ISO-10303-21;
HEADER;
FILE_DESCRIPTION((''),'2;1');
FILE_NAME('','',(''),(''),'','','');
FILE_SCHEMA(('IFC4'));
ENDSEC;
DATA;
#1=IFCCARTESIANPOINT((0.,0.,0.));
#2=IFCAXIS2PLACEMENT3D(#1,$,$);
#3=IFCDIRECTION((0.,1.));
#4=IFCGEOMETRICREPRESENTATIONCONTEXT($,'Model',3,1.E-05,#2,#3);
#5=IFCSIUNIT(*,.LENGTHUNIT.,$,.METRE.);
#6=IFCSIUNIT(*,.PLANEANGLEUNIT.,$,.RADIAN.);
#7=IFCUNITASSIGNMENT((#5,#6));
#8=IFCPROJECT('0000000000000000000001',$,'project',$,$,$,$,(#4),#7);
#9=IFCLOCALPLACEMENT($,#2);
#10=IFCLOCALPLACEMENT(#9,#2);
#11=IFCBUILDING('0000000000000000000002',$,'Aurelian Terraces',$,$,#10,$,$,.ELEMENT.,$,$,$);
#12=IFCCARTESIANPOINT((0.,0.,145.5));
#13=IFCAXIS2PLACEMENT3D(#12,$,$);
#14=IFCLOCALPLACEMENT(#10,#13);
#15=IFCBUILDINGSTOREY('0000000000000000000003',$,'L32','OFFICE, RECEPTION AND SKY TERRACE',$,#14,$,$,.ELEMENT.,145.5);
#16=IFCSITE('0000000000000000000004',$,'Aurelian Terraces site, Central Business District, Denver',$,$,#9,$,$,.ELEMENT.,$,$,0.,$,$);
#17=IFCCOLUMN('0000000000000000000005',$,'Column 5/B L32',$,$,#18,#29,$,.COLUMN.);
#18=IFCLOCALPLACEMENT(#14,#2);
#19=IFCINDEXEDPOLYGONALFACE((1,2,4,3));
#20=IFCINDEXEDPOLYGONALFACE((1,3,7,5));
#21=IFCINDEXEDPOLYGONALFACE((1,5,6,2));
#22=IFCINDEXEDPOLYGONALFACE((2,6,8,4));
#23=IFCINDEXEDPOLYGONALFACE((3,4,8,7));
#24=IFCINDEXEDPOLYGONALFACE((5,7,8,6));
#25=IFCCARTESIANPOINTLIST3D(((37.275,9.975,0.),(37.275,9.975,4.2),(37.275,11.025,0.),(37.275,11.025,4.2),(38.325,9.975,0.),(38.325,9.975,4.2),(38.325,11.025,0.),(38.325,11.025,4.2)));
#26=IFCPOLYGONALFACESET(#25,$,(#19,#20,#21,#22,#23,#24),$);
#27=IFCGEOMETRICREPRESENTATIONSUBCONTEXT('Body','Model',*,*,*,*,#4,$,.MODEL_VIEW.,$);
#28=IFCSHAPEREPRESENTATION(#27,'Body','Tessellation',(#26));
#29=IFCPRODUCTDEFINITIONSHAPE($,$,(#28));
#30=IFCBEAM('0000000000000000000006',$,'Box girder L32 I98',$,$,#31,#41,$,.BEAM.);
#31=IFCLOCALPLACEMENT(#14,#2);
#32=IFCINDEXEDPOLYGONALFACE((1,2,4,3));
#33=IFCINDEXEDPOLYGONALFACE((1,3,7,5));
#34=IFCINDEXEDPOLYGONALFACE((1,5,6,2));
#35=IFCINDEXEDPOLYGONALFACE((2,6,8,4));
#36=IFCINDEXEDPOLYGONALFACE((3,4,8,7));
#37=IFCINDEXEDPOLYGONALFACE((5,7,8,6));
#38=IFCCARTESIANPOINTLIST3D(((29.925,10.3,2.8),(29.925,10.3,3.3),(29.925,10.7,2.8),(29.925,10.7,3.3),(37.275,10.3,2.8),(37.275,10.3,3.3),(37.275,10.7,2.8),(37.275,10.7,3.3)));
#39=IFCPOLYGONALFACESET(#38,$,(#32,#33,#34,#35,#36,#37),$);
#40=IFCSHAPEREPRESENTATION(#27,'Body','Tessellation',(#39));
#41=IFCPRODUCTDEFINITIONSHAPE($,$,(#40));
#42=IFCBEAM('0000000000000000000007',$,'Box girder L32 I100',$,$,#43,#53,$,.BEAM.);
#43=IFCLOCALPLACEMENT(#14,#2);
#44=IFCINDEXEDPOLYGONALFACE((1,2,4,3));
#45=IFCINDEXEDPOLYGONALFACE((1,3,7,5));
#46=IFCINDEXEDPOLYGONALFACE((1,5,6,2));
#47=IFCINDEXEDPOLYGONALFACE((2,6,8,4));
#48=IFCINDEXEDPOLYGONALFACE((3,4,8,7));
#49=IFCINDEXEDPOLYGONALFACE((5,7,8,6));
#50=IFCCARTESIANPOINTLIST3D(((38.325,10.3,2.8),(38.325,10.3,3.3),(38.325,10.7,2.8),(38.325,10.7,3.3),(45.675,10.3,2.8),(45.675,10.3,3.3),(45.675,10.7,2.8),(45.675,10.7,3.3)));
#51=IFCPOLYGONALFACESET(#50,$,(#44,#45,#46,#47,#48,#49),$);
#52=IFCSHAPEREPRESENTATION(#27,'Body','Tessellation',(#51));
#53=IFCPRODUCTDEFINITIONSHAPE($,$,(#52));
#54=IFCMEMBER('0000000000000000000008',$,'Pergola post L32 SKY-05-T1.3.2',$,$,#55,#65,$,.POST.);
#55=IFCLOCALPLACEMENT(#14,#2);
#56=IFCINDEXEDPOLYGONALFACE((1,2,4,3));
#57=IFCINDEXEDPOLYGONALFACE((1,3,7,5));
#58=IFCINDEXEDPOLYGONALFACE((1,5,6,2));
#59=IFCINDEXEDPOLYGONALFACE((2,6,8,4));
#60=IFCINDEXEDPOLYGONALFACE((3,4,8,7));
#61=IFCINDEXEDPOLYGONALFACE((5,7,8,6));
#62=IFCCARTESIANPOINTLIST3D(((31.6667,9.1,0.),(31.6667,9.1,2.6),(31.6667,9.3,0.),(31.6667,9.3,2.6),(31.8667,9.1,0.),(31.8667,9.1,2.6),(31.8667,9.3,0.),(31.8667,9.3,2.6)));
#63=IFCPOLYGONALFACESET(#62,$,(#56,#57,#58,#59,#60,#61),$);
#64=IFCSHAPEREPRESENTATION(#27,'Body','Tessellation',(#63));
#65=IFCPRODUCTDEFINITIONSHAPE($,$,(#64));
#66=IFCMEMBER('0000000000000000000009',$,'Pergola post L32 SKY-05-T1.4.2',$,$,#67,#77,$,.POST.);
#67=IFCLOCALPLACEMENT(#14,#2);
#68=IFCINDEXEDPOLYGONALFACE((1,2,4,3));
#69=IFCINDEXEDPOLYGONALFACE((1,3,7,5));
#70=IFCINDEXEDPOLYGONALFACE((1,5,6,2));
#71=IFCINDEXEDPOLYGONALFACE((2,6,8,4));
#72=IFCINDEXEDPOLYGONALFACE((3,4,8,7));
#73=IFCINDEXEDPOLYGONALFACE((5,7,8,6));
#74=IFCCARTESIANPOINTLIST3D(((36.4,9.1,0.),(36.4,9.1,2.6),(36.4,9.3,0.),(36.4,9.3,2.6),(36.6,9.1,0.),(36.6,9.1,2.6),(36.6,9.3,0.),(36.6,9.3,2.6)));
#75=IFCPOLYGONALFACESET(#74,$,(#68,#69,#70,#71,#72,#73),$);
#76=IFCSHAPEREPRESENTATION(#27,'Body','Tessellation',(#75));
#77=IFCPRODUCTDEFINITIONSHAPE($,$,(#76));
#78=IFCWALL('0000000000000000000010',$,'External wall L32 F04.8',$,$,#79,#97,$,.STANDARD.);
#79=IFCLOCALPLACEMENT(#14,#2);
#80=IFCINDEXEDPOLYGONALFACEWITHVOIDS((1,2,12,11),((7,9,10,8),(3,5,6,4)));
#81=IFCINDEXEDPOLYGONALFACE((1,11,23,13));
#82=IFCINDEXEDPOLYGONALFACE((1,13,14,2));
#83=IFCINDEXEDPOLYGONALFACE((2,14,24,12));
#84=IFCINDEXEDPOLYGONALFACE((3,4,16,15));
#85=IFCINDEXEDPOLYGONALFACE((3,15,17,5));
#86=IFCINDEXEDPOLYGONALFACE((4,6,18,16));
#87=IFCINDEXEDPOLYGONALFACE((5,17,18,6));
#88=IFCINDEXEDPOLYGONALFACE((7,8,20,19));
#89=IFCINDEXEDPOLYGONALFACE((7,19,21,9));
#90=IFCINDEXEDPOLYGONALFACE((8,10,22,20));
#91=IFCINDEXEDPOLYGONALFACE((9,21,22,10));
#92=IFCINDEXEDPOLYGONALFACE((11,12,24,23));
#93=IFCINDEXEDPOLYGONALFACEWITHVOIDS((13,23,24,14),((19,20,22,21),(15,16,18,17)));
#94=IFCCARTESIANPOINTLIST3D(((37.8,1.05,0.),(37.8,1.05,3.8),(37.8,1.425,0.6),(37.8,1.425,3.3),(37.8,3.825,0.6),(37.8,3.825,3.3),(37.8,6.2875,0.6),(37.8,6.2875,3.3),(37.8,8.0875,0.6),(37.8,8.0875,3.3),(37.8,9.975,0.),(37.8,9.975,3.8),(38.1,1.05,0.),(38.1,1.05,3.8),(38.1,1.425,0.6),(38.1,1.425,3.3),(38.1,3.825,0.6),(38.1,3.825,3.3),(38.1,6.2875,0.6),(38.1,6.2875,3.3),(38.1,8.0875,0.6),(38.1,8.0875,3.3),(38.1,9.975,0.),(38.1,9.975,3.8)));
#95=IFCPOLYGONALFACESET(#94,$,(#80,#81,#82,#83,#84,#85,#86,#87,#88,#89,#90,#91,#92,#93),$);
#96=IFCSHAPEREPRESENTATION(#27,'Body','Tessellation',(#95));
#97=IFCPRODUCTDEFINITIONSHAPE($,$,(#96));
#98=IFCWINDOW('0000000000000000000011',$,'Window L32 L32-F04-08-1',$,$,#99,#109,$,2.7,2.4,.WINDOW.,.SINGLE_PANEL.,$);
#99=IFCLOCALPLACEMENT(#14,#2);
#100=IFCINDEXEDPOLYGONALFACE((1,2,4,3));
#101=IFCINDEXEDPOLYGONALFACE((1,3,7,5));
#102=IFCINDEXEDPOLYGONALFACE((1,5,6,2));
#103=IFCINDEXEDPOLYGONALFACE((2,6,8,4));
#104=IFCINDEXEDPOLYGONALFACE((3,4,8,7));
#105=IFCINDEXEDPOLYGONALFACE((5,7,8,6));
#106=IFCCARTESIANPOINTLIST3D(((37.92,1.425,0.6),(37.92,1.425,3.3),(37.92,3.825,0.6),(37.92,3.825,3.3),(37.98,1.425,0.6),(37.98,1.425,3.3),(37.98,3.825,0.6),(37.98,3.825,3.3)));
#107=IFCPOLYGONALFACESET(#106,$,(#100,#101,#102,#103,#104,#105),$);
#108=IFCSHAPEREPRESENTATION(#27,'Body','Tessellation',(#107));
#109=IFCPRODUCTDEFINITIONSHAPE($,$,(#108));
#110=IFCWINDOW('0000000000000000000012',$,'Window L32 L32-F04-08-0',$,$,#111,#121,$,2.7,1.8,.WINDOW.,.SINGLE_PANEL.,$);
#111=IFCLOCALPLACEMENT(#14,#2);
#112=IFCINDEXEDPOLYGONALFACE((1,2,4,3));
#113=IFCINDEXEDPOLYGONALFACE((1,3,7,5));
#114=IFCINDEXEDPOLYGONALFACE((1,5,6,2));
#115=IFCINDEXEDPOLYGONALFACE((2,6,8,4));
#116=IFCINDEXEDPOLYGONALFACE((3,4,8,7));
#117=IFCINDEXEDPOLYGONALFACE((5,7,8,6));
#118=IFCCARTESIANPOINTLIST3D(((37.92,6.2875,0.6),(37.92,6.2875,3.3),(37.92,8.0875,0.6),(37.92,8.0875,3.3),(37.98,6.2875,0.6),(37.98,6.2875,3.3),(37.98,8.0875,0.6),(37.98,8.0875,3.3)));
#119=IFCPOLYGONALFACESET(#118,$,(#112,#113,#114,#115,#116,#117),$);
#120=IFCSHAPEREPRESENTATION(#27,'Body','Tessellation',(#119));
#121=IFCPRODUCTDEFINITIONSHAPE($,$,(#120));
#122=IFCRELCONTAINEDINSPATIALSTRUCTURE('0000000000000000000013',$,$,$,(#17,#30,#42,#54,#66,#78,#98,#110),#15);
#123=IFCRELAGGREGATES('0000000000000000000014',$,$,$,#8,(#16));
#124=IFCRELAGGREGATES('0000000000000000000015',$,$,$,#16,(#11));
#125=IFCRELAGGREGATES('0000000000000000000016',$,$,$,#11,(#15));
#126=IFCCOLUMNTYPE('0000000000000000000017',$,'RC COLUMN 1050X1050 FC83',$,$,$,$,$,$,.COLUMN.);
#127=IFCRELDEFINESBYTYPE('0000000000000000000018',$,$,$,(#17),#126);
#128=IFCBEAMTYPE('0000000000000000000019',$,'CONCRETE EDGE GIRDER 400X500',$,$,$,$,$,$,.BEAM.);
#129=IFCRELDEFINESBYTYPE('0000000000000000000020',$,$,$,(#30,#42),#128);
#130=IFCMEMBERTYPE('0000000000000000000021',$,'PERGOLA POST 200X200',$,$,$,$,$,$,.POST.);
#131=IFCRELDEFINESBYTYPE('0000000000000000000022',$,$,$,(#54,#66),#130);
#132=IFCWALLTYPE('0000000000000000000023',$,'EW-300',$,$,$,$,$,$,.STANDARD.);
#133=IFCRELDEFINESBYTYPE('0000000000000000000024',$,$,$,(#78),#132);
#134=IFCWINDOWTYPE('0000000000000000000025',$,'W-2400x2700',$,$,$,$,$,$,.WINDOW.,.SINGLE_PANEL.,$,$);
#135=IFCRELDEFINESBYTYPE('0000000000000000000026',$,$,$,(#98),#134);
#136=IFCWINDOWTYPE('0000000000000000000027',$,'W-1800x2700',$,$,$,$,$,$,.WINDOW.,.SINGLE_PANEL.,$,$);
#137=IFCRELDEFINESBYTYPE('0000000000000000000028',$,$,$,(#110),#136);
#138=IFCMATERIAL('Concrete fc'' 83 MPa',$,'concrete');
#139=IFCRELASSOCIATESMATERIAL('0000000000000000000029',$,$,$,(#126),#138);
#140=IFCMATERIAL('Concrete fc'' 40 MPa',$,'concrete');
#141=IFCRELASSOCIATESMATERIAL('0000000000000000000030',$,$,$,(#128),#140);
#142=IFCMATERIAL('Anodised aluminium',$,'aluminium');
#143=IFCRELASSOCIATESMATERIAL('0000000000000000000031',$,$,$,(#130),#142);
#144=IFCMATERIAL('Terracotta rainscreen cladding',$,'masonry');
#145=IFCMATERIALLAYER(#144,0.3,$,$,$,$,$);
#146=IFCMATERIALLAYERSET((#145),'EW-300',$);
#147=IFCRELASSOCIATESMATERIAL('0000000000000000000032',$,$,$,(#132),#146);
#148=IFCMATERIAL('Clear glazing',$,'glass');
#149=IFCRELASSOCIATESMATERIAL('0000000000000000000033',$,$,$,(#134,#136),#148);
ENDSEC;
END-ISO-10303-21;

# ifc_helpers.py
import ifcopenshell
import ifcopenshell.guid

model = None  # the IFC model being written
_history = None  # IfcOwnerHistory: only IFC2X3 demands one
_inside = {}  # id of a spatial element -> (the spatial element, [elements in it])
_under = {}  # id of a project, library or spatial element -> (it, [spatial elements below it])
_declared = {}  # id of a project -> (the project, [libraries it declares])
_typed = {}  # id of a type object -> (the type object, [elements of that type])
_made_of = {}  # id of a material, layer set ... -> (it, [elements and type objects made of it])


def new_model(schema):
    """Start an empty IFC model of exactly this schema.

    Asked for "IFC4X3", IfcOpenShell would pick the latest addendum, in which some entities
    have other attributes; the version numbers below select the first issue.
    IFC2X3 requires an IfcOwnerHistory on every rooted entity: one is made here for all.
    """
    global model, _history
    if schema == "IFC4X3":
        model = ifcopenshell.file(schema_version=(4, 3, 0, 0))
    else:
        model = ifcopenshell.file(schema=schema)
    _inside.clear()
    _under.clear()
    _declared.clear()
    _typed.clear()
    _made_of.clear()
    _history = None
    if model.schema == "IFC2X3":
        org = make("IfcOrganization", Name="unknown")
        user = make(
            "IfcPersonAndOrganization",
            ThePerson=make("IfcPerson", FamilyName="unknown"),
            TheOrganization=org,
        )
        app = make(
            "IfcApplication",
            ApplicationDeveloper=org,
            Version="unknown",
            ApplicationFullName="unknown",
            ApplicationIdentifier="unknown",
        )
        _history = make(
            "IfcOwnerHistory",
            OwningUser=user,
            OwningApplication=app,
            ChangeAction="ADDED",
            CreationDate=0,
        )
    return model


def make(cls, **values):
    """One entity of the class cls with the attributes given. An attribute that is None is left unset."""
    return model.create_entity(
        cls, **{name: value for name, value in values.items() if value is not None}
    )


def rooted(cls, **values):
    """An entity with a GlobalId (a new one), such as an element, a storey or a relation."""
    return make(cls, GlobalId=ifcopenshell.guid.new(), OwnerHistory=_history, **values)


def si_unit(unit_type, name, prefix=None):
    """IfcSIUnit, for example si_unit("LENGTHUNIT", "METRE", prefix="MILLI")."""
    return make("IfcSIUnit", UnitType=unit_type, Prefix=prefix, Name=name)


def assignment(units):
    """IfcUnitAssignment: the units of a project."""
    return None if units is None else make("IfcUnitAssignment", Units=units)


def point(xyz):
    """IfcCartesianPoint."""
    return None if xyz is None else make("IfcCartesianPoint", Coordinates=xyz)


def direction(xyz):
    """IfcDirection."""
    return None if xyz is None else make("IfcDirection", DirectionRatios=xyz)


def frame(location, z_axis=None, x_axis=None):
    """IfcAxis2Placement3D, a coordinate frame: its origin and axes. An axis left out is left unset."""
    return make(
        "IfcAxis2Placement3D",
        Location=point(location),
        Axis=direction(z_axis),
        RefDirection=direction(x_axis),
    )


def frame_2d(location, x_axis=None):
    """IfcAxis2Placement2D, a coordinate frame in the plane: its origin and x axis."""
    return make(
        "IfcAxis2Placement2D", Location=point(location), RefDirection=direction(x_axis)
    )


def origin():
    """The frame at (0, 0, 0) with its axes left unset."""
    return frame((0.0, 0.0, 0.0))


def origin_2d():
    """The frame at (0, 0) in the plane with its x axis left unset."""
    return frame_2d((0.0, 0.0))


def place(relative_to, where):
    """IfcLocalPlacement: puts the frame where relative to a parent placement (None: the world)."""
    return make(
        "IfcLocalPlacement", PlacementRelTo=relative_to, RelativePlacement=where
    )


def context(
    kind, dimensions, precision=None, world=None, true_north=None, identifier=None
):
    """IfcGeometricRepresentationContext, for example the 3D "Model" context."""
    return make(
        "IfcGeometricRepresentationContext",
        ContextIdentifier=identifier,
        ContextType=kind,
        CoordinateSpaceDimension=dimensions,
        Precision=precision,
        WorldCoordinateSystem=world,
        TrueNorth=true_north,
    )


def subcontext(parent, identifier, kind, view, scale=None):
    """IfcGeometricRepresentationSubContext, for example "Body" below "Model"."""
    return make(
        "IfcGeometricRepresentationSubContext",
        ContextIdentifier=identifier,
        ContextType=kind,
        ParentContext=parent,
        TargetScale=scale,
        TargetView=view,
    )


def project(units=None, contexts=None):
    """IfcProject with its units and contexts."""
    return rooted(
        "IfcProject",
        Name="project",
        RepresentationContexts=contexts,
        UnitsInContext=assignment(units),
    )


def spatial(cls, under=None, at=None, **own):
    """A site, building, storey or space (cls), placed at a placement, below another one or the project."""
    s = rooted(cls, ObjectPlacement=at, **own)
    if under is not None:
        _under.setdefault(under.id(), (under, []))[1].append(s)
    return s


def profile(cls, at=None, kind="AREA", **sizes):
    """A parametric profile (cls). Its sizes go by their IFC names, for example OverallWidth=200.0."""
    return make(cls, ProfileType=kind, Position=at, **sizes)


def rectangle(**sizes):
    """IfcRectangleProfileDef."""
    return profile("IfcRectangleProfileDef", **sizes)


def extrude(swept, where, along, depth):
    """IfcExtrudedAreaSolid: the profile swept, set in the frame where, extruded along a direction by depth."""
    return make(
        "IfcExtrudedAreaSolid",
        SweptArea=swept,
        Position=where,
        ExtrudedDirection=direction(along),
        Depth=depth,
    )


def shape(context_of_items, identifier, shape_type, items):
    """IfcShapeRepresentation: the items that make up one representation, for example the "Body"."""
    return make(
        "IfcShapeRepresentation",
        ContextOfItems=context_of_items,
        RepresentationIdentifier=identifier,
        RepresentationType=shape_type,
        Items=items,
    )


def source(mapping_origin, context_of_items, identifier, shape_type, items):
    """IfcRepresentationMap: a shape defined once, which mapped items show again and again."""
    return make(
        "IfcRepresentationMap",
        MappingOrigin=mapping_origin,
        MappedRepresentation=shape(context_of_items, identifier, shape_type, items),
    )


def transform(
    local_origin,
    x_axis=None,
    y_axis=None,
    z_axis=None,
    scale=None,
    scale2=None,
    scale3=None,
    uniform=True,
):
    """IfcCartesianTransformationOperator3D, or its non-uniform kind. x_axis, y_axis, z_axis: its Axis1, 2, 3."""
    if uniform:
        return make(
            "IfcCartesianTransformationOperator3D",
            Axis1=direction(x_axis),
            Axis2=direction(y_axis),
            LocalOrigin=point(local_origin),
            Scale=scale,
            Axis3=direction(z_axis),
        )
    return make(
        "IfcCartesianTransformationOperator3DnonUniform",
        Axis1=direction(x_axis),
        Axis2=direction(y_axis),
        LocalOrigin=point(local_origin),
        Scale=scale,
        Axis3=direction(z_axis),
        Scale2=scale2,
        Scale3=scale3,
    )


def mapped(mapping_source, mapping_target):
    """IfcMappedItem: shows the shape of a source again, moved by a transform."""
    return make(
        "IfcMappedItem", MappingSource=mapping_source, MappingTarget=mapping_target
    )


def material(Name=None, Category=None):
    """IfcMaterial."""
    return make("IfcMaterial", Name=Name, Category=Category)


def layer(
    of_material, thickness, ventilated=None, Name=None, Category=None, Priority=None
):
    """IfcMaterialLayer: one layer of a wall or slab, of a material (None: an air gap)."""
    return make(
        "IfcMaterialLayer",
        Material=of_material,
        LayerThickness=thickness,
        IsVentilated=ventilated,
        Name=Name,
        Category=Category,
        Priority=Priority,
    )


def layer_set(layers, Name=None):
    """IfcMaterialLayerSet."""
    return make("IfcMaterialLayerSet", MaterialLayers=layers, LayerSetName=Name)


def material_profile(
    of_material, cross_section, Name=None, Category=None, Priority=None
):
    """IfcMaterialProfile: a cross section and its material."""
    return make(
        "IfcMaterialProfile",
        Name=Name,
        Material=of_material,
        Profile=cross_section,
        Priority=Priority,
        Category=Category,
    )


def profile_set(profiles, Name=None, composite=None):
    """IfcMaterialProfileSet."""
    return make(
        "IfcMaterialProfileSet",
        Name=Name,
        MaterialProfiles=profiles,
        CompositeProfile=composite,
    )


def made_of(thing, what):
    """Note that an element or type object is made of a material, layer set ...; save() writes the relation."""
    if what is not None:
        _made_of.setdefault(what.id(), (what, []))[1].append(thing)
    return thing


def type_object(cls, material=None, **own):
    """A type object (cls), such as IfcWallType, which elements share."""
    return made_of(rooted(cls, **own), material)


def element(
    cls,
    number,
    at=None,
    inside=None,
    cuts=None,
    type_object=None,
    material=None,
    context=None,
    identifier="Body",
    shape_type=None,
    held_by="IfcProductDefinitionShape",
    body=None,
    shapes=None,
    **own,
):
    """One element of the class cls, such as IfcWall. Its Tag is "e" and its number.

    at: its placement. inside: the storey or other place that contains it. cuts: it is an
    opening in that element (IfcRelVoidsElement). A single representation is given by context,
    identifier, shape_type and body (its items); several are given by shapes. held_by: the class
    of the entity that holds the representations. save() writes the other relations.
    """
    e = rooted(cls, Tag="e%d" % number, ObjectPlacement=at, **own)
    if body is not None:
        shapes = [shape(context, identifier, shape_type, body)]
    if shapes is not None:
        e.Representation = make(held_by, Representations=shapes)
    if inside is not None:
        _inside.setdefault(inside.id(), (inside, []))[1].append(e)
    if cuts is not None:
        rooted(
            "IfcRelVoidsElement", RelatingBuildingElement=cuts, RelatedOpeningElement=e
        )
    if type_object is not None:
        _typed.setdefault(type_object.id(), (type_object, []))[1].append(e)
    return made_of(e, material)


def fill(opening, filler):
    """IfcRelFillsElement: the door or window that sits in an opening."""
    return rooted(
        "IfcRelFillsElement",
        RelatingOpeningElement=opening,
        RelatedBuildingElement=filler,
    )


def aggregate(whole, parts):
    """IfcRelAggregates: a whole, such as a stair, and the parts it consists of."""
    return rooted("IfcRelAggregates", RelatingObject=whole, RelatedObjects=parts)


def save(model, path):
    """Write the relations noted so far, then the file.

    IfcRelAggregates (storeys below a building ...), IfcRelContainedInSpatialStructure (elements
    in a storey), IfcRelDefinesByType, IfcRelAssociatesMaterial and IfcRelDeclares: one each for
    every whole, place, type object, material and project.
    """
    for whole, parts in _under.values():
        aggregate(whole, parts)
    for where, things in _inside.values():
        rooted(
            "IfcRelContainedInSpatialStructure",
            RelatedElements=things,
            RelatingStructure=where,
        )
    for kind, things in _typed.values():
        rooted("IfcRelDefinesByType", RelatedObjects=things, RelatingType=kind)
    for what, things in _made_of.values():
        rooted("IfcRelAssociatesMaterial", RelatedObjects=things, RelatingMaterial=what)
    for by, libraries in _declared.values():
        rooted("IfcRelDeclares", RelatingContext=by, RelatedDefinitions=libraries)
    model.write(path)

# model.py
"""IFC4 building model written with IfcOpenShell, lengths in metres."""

from ifc_helpers import new_model, si_unit, direction, frame, frame_2d, origin, origin_2d, place, context, subcontext, project, spatial, rectangle, extrude, source, transform, mapped, material, layer, layer_set, material_profile, profile_set, type_object, element, fill, save


model = new_model("IFC4")

# Units and contexts
model_context = context("Model", 3, precision=1e-05, world=origin(), true_north=direction((0.0, 1.0)))
body_context = subcontext(model_context, "Body", "Model", "MODEL_VIEW")
ifc_project = project(units=[si_unit("LENGTHUNIT", "METRE"), si_unit("PLANEANGLEUNIT", "RADIAN")], contexts=[model_context])

# Site, building, storey
site_placement = place(None, origin())
site = spatial("IfcSite", under=ifc_project, at=site_placement, Name="Aurelian Terraces site, Central Business District, Denver", CompositionType="ELEMENT", RefElevation=0.0)
building_placement = place(site_placement, origin())
building = spatial("IfcBuilding", under=site, at=building_placement, Name="Aurelian Terraces", CompositionType="ELEMENT")
storey_placement = place(building_placement, frame((0.0, 0.0, 145.5)))
storey = spatial("IfcBuildingStorey", under=building, at=storey_placement, Name="L32", Description="OFFICE, RECEPTION AND SKY TERRACE", CompositionType="ELEMENT", Elevation=145.5)

# Column
ifc_material_1 = material(Name="Concrete fc' 83 MPa", Category="concrete")
ifc_material_profile_1 = material_profile(ifc_material_1, rectangle(XDim=1.05, YDim=1.05, at=origin_2d()))
ifc_profile_set_1 = profile_set([ifc_material_profile_1], Name="Concrete fc' 83 MPa")
column_type = type_object("IfcColumnType", Name="RC COLUMN 1050X1050 FC83", PredefinedType="COLUMN", material=ifc_profile_set_1)
shared_shape_1 = source(origin(), body_context, "Body", "SweptSolid", [
    extrude(rectangle(XDim=1.05, YDim=1.05, at=origin_2d()), origin(), (0.0, 0.0, 1.0), 4.2),
])
column_placement = place(storey_placement, frame((37.8, 10.5, 0.0), z_axis=(0.0, 0.0, 1.0), x_axis=(1.0, 0.0, 0.0)))
element("IfcColumn", 1, at=column_placement, inside=storey, type_object=column_type, Name="Column 5/B L32", PredefinedType="COLUMN", context=body_context, shape_type="MappedRepresentation", body=[
    mapped(shared_shape_1, transform((0.0, 0.0, 0.0), scale=1.0)),
])

# Beams
ifc_material_2 = material(Name="Concrete fc' 40 MPa", Category="concrete")
ifc_material_profile_2 = material_profile(ifc_material_2, rectangle(XDim=0.4, YDim=0.5, at=origin_2d()))
ifc_profile_set_2 = profile_set([ifc_material_profile_2], Name="Concrete fc' 40 MPa")
beam_type = type_object("IfcBeamType", Name="CONCRETE EDGE GIRDER 400X500", PredefinedType="BEAM", material=ifc_profile_set_2)
shared_shape_2 = source(origin(), body_context, "Body", "SweptSolid", [
    extrude(rectangle(XDim=0.4, YDim=0.5, at=origin_2d()), origin(), (0.0, 0.0, 1.0), 7.35),
])
for number, where, z_axis, x_axis, name in (
    (2, (29.925, 10.5, 3.05), (1.0, 0.0, 0.0), (0.0, 1.0, 0.0), "Box girder L32 I98"),
    (3, (38.325, 10.5, 3.05), (1.0, 0.0, 0.0), (0.0, 1.0, 0.0), "Box girder L32 I100"),
):
    element("IfcBeam", number, at=place(storey_placement, frame(where, z_axis=z_axis, x_axis=x_axis)), inside=storey, type_object=beam_type, Name=name, PredefinedType="BEAM", context=body_context, shape_type="MappedRepresentation", body=[
        mapped(shared_shape_2, transform((0.0, 0.0, 0.0), scale=1.0)),
    ])

# Members
ifc_material_3 = material(Name="Anodised aluminium", Category="aluminium")
ifc_material_profile_3 = material_profile(ifc_material_3, rectangle(XDim=0.2, YDim=0.2, at=origin_2d()))
ifc_profile_set_3 = profile_set([ifc_material_profile_3], Name="Anodised aluminium")
member_type = type_object("IfcMemberType", Name="PERGOLA POST 200X200", PredefinedType="POST", material=ifc_profile_set_3)
shared_shape_3 = source(origin(), body_context, "Body", "SweptSolid", [
    extrude(rectangle(XDim=0.2, YDim=0.2, at=origin_2d()), origin(), (0.0, 0.0, 1.0), 2.6),
])
for number, where, z_axis, x_axis, name in (
    (4, (31.7667, 9.2, 0.0), (0.0, 0.0, 1.0), (1.0, 0.0, 0.0), "Pergola post L32 SKY-05-T1.3.2"),
    (5, (36.5, 9.2, 0.0), (0.0, 0.0, 1.0), (1.0, 0.0, 0.0), "Pergola post L32 SKY-05-T1.4.2"),
):
    element("IfcMember", number, at=place(storey_placement, frame(where, z_axis=z_axis, x_axis=x_axis)), inside=storey, type_object=member_type, Name=name, PredefinedType="POST", context=body_context, shape_type="MappedRepresentation", body=[
        mapped(shared_shape_3, transform((0.0, 0.0, 0.0), scale=1.0)),
    ])

# Wall, openings, windows
ifc_material_4 = material(Name="Terracotta rainscreen cladding", Category="masonry")
ifc_layer_1 = layer(ifc_material_4, 0.3)
ifc_layer_set_1 = layer_set([ifc_layer_1], Name="EW-300")
wall_type_1 = type_object("IfcWallType", Name="EW-300", PredefinedType="STANDARD", material=ifc_layer_set_1)
shared_shape_4 = source(origin(), body_context, "Body", "SweptSolid", [
    extrude(rectangle(XDim=8.925, YDim=0.3, at=frame_2d((4.4625, 0.0))), origin(), (0.0, 0.0, 1.0), 3.8),
])
wall_1_placement = place(storey_placement, frame((37.95, 9.975, 0.0), z_axis=(0.0, 0.0, 1.0), x_axis=(0.0, -1.0, 0.0)))
wall_1 = element("IfcWall", 6, at=wall_1_placement, inside=storey, type_object=wall_type_1, Name="External wall L32 F04.8", PredefinedType="STANDARD", context=body_context, shape_type="MappedRepresentation", body=[
    mapped(shared_shape_4, transform((0.0, 0.0, 0.0), scale=1.0)),
])
shared_shape_5 = source(origin(), body_context, "Body", "SweptSolid", [
    extrude(rectangle(XDim=1.8, YDim=2.7, at=frame_2d((0.9, 1.35))), frame((0.0, 0.16, 0.0), z_axis=(0.0, -1.0, 0.0), x_axis=(1.0, 0.0, 0.0)), (0.0, 0.0, 1.0), 0.32),
])
opening_1_placement = place(wall_1_placement, frame((1.8875, 0.0, 0.6)))
opening_1 = element("IfcOpeningElement", 7, at=opening_1_placement, cuts=wall_1, PredefinedType="OPENING", context=body_context, shape_type="MappedRepresentation", body=[
    mapped(shared_shape_5, transform((0.0, 0.0, 0.0), scale=1.0)),
])
shared_shape_6 = source(origin(), body_context, "Body", "SweptSolid", [
    extrude(rectangle(XDim=2.4, YDim=2.7, at=frame_2d((1.2, 1.35))), frame((0.0, 0.16, 0.0), z_axis=(0.0, -1.0, 0.0), x_axis=(1.0, 0.0, 0.0)), (0.0, 0.0, 1.0), 0.32),
])
opening_2_placement = place(wall_1_placement, frame((6.15, 0.0, 0.6)))
opening_2 = element("IfcOpeningElement", 8, at=opening_2_placement, cuts=wall_1, PredefinedType="OPENING", context=body_context, shape_type="MappedRepresentation", body=[
    mapped(shared_shape_6, transform((0.0, 0.0, 0.0), scale=1.0)),
])
ifc_material_5 = material(Name="Clear glazing", Category="glass")
window_type_1 = type_object("IfcWindowType", Name="W-2400x2700", PartitioningType="SINGLE_PANEL", PredefinedType="WINDOW", material=ifc_material_5)
shared_shape_7 = source(origin(), body_context, "Body", "SweptSolid", [
    extrude(rectangle(XDim=2.4, YDim=2.7, at=frame_2d((1.2, 1.35))), frame((0.0, 0.03, 0.0), z_axis=(0.0, -1.0, 0.0), x_axis=(1.0, 0.0, 0.0)), (0.0, 0.0, 1.0), 0.06),
])
window_1_placement = place(opening_2_placement, origin())
window_1 = element("IfcWindow", 9, at=window_1_placement, inside=storey, type_object=window_type_1, Name="Window L32 L32-F04-08-1", OverallHeight=2.7, OverallWidth=2.4, PartitioningType="SINGLE_PANEL", PredefinedType="WINDOW", context=body_context, shape_type="MappedRepresentation", body=[
    mapped(shared_shape_7, transform((0.0, 0.0, 0.0), scale=1.0)),
])
fill(opening_2, window_1)
window_type_2 = type_object("IfcWindowType", Name="W-1800x2700", PartitioningType="SINGLE_PANEL", PredefinedType="WINDOW", material=ifc_material_5)
shared_shape_8 = source(origin(), body_context, "Body", "SweptSolid", [
    extrude(rectangle(XDim=1.8, YDim=2.7, at=frame_2d((0.9, 1.35))), frame((0.0, 0.03, 0.0), z_axis=(0.0, -1.0, 0.0), x_axis=(1.0, 0.0, 0.0)), (0.0, 0.0, 1.0), 0.06),
])
window_2_placement = place(opening_1_placement, origin())
window_2 = element("IfcWindow", 10, at=window_2_placement, inside=storey, type_object=window_type_2, Name="Window L32 L32-F04-08-0", OverallHeight=2.7, OverallWidth=1.8, PartitioningType="SINGLE_PANEL", PredefinedType="WINDOW", context=body_context, shape_type="MappedRepresentation", body=[
    mapped(shared_shape_8, transform((0.0, 0.0, 0.0), scale=1.0)),
])
fill(opening_1, window_2)

save(model, "model.ifc")
